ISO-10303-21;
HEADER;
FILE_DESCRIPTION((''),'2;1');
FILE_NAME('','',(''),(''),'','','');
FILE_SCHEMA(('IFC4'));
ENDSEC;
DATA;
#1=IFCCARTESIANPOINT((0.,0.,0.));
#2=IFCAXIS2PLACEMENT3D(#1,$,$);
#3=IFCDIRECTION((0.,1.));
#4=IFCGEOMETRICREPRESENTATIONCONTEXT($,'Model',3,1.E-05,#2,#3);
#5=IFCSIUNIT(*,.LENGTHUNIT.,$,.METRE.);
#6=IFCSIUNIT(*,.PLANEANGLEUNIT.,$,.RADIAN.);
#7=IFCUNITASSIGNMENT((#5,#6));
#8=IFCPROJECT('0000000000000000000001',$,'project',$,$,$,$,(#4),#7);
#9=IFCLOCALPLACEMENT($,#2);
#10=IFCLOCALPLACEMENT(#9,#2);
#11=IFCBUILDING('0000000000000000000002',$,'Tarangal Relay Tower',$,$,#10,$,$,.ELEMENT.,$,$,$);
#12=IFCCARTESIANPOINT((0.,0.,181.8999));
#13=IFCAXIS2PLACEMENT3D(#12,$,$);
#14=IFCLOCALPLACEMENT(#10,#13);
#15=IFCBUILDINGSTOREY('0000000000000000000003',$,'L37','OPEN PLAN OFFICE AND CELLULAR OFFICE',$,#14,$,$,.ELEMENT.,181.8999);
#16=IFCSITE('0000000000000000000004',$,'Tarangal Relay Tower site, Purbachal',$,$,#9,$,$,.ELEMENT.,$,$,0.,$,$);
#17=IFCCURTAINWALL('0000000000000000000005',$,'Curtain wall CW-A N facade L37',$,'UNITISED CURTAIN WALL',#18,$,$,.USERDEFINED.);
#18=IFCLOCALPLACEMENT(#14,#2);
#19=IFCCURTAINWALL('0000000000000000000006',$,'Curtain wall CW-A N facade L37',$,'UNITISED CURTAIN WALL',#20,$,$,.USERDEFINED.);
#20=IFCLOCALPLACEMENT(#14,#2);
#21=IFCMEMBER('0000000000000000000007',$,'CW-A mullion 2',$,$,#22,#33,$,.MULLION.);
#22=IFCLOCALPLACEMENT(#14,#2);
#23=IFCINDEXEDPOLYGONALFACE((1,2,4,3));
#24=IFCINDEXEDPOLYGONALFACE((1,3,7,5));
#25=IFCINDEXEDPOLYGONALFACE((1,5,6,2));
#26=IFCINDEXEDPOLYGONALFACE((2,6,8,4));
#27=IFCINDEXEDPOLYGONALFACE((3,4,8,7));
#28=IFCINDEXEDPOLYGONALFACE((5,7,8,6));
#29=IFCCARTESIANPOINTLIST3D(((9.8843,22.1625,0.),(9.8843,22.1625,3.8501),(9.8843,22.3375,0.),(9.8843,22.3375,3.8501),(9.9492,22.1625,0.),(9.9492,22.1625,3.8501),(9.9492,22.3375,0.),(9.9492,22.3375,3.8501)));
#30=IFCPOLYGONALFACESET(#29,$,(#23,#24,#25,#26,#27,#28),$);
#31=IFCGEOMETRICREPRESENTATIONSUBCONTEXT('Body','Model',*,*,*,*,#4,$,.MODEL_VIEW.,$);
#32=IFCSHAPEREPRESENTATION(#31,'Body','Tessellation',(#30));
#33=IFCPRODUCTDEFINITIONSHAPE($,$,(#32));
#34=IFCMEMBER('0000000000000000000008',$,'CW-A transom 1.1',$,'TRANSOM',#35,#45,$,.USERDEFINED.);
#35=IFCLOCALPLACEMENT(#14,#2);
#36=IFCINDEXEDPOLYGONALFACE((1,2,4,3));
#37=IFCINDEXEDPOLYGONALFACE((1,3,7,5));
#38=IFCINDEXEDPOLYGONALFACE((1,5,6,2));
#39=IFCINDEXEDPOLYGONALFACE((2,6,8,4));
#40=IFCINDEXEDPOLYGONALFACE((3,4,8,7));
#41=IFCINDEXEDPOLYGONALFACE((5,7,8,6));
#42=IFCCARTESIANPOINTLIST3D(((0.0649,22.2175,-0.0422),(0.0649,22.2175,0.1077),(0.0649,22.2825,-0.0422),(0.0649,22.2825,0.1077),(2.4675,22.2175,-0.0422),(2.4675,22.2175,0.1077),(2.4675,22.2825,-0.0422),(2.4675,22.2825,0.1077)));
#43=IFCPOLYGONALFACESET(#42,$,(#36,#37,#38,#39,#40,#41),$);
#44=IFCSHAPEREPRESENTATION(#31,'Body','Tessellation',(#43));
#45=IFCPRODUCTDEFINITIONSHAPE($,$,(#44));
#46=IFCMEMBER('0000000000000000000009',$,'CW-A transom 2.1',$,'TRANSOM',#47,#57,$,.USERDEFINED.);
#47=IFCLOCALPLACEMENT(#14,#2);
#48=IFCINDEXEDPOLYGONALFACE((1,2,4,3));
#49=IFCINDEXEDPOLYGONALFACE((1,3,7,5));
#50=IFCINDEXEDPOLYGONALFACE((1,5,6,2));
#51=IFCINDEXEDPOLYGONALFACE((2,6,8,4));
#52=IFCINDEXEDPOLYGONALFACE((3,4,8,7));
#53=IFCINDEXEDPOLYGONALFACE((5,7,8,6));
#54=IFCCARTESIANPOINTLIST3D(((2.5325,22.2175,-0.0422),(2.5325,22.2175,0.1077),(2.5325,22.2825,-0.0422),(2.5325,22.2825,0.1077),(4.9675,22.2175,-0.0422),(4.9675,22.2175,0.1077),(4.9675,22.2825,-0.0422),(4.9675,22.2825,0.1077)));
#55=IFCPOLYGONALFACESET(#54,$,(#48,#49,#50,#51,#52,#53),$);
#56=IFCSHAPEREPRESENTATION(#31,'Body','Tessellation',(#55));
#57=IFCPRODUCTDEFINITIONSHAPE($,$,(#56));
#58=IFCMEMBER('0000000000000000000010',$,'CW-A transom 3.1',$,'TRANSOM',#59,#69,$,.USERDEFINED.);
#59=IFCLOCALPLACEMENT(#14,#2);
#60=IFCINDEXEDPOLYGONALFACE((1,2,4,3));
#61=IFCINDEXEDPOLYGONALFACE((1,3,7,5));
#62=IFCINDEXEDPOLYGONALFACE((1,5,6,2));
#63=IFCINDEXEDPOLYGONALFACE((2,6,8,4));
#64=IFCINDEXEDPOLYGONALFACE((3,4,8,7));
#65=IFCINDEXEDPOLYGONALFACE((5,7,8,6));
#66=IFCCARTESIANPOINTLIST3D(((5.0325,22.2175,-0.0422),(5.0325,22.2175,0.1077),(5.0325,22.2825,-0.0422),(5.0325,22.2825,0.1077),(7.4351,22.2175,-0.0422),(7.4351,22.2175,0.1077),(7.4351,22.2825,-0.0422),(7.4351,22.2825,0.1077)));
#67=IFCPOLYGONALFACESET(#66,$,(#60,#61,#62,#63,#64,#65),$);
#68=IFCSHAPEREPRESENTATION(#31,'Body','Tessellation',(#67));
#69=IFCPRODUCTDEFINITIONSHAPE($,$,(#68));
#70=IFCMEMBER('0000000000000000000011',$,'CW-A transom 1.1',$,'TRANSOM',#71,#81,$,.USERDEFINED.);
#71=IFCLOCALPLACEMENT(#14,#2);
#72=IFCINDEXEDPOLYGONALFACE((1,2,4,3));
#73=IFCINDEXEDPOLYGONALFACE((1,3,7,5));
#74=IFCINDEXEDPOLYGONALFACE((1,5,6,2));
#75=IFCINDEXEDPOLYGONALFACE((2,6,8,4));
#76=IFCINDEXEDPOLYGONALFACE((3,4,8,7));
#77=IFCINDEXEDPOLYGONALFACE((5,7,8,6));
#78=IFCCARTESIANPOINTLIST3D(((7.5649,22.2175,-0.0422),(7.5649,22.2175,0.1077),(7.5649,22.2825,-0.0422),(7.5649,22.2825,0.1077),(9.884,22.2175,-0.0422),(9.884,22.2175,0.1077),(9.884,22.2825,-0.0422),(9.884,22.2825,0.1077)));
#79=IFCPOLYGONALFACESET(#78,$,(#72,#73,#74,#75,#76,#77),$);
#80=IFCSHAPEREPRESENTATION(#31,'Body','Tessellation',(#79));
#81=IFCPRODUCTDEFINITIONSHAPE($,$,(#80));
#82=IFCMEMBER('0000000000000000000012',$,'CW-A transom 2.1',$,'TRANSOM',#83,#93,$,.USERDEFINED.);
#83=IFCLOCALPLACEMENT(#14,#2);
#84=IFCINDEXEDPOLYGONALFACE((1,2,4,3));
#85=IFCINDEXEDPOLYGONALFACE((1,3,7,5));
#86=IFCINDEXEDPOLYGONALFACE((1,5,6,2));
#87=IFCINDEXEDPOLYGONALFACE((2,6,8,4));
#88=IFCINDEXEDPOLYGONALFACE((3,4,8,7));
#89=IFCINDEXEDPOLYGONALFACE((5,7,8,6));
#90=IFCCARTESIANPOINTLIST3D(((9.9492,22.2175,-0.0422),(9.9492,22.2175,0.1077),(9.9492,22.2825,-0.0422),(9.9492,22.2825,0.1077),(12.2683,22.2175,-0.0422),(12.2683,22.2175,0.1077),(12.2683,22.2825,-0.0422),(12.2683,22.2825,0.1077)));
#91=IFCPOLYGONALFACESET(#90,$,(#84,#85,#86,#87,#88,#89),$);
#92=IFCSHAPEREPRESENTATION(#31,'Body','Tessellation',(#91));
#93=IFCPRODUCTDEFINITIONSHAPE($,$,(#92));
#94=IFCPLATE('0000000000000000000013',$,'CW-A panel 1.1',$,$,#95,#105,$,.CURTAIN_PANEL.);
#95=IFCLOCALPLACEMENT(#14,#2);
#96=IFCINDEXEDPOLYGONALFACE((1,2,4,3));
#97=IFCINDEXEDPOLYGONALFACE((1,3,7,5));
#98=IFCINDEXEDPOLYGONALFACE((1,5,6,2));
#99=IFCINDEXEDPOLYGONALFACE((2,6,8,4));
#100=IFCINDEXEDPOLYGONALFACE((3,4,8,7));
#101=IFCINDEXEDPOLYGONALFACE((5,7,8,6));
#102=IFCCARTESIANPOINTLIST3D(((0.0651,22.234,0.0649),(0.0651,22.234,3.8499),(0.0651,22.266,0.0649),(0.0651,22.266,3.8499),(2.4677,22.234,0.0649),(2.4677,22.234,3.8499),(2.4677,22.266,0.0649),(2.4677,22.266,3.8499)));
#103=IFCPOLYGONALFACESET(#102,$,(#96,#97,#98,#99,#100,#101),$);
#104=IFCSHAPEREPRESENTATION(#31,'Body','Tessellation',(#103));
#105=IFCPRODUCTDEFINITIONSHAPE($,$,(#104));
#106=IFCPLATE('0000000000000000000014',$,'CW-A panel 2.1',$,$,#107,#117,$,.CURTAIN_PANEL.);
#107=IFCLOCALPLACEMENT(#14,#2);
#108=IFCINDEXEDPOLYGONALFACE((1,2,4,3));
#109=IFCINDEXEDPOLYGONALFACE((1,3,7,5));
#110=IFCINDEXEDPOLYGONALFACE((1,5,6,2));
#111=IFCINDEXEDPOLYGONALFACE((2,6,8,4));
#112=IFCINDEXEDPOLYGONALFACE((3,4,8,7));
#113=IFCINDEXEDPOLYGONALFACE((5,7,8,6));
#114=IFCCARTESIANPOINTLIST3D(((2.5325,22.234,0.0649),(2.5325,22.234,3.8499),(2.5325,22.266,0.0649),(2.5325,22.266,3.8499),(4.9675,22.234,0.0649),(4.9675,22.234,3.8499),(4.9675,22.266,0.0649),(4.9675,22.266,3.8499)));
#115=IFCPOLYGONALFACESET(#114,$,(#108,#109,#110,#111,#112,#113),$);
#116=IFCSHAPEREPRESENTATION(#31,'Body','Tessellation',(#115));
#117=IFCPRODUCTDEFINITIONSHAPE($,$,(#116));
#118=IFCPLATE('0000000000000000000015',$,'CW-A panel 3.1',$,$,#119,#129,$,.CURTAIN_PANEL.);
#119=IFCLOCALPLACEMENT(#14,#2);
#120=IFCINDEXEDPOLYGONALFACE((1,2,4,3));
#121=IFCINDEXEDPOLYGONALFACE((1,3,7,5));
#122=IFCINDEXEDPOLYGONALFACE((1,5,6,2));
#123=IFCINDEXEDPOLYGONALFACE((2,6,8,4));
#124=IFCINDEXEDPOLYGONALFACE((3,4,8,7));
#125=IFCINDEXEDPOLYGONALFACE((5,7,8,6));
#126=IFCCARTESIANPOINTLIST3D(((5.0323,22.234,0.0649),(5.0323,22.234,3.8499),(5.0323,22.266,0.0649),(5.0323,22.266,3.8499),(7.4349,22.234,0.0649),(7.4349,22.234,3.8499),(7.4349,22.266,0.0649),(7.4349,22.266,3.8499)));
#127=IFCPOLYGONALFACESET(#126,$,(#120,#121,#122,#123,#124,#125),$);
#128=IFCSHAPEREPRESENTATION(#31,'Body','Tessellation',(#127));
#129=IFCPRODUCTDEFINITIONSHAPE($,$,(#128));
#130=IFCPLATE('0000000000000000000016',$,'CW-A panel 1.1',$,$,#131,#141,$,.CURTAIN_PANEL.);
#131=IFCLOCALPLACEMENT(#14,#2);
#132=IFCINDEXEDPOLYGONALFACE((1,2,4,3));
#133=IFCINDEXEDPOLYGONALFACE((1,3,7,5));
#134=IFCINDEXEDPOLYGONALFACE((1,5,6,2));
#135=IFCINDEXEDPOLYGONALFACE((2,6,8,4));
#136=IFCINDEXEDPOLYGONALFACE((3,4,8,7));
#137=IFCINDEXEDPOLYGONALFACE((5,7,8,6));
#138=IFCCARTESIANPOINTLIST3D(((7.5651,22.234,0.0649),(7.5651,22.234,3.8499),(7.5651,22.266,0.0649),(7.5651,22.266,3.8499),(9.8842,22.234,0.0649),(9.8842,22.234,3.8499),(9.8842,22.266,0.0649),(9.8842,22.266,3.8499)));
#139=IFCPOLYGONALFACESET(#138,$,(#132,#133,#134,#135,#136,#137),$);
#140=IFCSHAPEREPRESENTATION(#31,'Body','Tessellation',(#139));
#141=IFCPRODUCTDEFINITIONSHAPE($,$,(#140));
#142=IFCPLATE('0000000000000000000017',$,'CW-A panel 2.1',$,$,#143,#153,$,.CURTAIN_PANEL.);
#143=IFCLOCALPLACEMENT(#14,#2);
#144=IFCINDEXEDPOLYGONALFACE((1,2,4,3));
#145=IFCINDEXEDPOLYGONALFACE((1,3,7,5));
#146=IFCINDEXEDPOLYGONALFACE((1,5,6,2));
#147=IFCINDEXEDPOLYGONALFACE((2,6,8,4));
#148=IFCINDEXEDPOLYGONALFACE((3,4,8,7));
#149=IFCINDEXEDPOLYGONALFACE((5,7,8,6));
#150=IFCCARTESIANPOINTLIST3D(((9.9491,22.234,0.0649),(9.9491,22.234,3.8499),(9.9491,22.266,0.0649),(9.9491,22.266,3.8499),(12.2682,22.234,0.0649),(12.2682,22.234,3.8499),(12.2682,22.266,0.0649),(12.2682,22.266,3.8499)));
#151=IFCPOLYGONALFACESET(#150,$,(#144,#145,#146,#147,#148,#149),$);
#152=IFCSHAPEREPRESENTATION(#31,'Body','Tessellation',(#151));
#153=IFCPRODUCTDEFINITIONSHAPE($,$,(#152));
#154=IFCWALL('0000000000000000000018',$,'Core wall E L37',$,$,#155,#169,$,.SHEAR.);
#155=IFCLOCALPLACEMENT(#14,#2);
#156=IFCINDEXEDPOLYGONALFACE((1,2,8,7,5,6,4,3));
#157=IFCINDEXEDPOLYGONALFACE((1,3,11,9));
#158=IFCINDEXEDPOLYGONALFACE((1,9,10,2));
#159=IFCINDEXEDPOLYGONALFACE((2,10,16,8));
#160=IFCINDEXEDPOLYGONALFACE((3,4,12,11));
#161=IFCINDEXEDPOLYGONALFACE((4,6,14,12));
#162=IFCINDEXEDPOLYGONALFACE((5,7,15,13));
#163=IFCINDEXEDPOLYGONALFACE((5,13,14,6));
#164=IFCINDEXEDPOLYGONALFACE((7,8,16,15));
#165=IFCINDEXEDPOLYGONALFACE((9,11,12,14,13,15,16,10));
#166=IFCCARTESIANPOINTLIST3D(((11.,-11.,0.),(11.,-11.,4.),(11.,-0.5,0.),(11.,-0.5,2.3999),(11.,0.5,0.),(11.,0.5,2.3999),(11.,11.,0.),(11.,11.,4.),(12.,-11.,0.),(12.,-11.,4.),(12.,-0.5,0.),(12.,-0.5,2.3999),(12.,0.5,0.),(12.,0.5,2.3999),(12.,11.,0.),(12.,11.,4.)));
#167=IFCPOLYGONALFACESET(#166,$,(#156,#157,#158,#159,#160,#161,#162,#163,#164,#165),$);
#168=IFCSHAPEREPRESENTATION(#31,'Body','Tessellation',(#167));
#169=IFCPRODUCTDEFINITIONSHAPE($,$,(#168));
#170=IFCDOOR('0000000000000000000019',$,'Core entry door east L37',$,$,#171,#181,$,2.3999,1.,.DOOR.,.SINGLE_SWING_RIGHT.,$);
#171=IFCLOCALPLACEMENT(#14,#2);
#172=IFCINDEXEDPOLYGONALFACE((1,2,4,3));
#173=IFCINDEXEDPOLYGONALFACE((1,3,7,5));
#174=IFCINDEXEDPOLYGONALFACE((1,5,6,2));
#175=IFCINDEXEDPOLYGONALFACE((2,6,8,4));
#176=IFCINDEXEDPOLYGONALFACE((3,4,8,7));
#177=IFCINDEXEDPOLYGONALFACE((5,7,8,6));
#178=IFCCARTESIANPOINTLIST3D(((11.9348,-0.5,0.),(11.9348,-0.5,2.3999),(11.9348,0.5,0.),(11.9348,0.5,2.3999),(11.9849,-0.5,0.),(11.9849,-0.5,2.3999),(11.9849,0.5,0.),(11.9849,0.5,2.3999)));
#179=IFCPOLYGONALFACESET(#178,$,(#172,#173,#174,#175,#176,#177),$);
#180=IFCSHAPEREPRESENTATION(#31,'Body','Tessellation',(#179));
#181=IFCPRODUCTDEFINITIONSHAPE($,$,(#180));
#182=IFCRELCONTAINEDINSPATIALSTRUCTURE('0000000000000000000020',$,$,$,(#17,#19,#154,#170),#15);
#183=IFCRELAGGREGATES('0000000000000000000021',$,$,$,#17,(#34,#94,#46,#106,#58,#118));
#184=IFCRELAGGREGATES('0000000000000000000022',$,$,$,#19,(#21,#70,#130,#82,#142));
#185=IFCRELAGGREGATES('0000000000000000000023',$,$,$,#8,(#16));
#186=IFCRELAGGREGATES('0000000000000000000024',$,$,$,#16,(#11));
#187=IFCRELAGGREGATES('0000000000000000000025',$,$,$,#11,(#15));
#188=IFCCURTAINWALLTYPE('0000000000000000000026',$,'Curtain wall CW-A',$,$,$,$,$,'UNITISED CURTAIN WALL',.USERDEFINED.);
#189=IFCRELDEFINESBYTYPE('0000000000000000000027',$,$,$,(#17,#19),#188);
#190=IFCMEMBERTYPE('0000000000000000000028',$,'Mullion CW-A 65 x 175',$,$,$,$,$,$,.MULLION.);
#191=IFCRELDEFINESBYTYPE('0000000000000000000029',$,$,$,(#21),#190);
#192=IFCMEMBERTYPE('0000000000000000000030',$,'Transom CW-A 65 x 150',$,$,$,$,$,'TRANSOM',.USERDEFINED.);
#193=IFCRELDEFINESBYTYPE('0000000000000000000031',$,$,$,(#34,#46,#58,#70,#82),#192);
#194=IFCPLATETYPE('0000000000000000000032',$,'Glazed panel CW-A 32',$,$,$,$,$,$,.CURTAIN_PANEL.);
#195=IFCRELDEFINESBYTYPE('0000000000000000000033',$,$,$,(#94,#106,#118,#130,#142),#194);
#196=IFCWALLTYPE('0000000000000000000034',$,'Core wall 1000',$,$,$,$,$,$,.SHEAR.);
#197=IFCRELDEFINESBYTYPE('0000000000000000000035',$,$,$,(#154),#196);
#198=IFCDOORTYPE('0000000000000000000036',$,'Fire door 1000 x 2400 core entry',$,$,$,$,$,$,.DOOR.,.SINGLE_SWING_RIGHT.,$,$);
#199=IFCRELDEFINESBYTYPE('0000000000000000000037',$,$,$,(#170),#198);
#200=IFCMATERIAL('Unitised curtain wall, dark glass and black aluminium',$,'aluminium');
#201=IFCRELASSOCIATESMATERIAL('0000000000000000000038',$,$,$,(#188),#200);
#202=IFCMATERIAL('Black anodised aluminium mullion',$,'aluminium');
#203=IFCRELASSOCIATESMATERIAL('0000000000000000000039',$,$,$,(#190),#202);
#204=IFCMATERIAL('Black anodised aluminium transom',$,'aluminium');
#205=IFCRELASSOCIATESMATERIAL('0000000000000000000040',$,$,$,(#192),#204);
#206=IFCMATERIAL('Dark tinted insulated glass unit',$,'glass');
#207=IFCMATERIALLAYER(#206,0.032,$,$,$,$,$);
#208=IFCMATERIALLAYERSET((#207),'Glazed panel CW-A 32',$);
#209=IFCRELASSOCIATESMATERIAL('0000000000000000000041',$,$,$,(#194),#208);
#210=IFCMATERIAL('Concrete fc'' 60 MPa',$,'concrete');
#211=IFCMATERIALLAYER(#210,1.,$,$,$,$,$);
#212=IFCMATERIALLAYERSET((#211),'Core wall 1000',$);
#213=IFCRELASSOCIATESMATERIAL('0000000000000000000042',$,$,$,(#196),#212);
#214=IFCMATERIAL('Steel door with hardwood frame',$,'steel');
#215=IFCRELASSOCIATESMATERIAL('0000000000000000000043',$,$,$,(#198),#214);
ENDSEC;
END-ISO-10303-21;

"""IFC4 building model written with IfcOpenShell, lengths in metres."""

from ifc_helpers import new_model, si_unit, direction, frame, frame_2d, origin, origin_2d, place, context, subcontext, project, spatial, rectangle, extrude, material, layer, layer_set, material_profile, profile_set, type_object, element, fill, aggregate, save


model = new_model("IFC4")

# Units and contexts
model_context = context("Model", 3, precision=1e-05, world=origin(), true_north=direction((0.0, 1.0)))
body_context = subcontext(model_context, "Body", "Model", "MODEL_VIEW")
ifc_project = project(units=[si_unit("LENGTHUNIT", "METRE"), si_unit("PLANEANGLEUNIT", "RADIAN")], contexts=[model_context])

# Site, building, storey
site_placement = place(None, origin())
site = spatial("IfcSite", under=ifc_project, at=site_placement, Name="Tarangal Relay Tower site, Purbachal", CompositionType="ELEMENT", RefElevation=0.0)
building_placement = place(site_placement, origin())
building = spatial("IfcBuilding", under=site, at=building_placement, Name="Tarangal Relay Tower", CompositionType="ELEMENT")
storey_placement = place(building_placement, frame((0.0, 0.0, 181.8999)))
storey = spatial("IfcBuildingStorey", under=building, at=storey_placement, Name="L37", Description="OPEN PLAN OFFICE AND CELLULAR OFFICE", CompositionType="ELEMENT", Elevation=181.8999)

# Curtain walls, member
ifc_material_1 = material(Name="Unitised curtain wall, dark glass and black aluminium", Category="aluminium")
curtain_wall_type = type_object("IfcCurtainWallType", Name="Curtain wall CW-A", ElementType="UNITISED CURTAIN WALL", PredefinedType="USERDEFINED", material=ifc_material_1)
curtain_wall_1_placement = place(storey_placement, origin())
curtain_wall_1 = element("IfcCurtainWall", 1, at=curtain_wall_1_placement, inside=storey, type_object=curtain_wall_type, Name="Curtain wall CW-A N facade L37", ObjectType="UNITISED CURTAIN WALL", PredefinedType="USERDEFINED")
ifc_material_2 = material(Name="Black anodised aluminium mullion", Category="aluminium")
ifc_material_profile_1 = material_profile(ifc_material_2, rectangle(XDim=0.175, YDim=0.0649, at=origin_2d()), Name="CW-AM 65X175")
ifc_profile_set_1 = profile_set([ifc_material_profile_1], Name="Black anodised aluminium mullion")
member_type_1 = type_object("IfcMemberType", Name="Mullion CW-A 65 x 175", PredefinedType="MULLION", material=ifc_profile_set_1)
curtain_wall_2_placement = place(storey_placement, origin())
curtain_wall_2 = element("IfcCurtainWall", 2, at=curtain_wall_2_placement, inside=storey, type_object=curtain_wall_type, Name="Curtain wall CW-A N facade L37", ObjectType="UNITISED CURTAIN WALL", PredefinedType="USERDEFINED")
member_1_placement = place(storey_placement, frame((9.9167, 22.25, 0.0), z_axis=(0.0, 0.0, 1.0), x_axis=(0.0, 1.0, 0.0)))
member_1 = element("IfcMember", 3, at=member_1_placement, type_object=member_type_1, Name="CW-A mullion 2", PredefinedType="MULLION", context=body_context, shape_type="SweptSolid", body=[
    extrude(rectangle(XDim=0.175, YDim=0.0649, at=origin_2d()), origin(), (0.0, 0.0, 1.0), 3.8501),
])

# Members
ifc_material_3 = material(Name="Black anodised aluminium transom", Category="aluminium")
ifc_material_profile_2 = material_profile(ifc_material_3, rectangle(XDim=0.0649, YDim=0.1499, at=origin_2d()), Name="CW-AT 65X150")
ifc_profile_set_2 = profile_set([ifc_material_profile_2], Name="Black anodised aluminium transom")
member_type_2 = type_object("IfcMemberType", Name="Transom CW-A 65 x 150", ElementType="TRANSOM", PredefinedType="USERDEFINED", material=ifc_profile_set_2)
member_2_placement = place(storey_placement, frame((0.0649, 22.25, 0.0327), z_axis=(1.0, 0.0, 0.0), x_axis=(0.0, 1.0, 0.0)))
member_2 = element("IfcMember", 4, at=member_2_placement, type_object=member_type_2, Name="CW-A transom 1.1", ObjectType="TRANSOM", PredefinedType="USERDEFINED", context=body_context, shape_type="SweptSolid", body=[
    extrude(rectangle(XDim=0.0649, YDim=0.1499, at=origin_2d()), origin(), (0.0, 0.0, 1.0), 2.4026),
])
member_3_placement = place(storey_placement, frame((2.5325, 22.25, 0.0327), z_axis=(1.0, 0.0, 0.0), x_axis=(0.0, 1.0, 0.0)))
member_3 = element("IfcMember", 5, at=member_3_placement, type_object=member_type_2, Name="CW-A transom 2.1", ObjectType="TRANSOM", PredefinedType="USERDEFINED", context=body_context, shape_type="SweptSolid", body=[
    extrude(rectangle(XDim=0.0649, YDim=0.1499, at=origin_2d()), origin(), (0.0, 0.0, 1.0), 2.4351),
])
member_4_placement = place(storey_placement, frame((5.0325, 22.25, 0.0327), z_axis=(1.0, 0.0, 0.0), x_axis=(0.0, 1.0, 0.0)))
member_4 = element("IfcMember", 6, at=member_4_placement, type_object=member_type_2, Name="CW-A transom 3.1", ObjectType="TRANSOM", PredefinedType="USERDEFINED", context=body_context, shape_type="SweptSolid", body=[
    extrude(rectangle(XDim=0.0649, YDim=0.1499, at=origin_2d()), origin(), (0.0, 0.0, 1.0), 2.4026),
])
member_5_placement = place(storey_placement, frame((7.5649, 22.25, 0.0327), z_axis=(1.0, 0.0, 0.0), x_axis=(0.0, 1.0, 0.0)))
member_5 = element("IfcMember", 7, at=member_5_placement, type_object=member_type_2, Name="CW-A transom 1.1", ObjectType="TRANSOM", PredefinedType="USERDEFINED", context=body_context, shape_type="SweptSolid", body=[
    extrude(rectangle(XDim=0.0649, YDim=0.1499, at=origin_2d()), origin(), (0.0, 0.0, 1.0), 2.3191),
])
member_6_placement = place(storey_placement, frame((9.9492, 22.25, 0.0327), z_axis=(1.0, 0.0, 0.0), x_axis=(0.0, 1.0, 0.0)))
member_6 = element("IfcMember", 8, at=member_6_placement, type_object=member_type_2, Name="CW-A transom 2.1", ObjectType="TRANSOM", PredefinedType="USERDEFINED", context=body_context, shape_type="SweptSolid", body=[
    extrude(rectangle(XDim=0.0649, YDim=0.1499, at=origin_2d()), origin(), (0.0, 0.0, 1.0), 2.3191),
])

# Plates
ifc_material_4 = material(Name="Dark tinted insulated glass unit", Category="glass")
ifc_layer_1 = layer(ifc_material_4, 0.032)
ifc_layer_set_1 = layer_set([ifc_layer_1], Name="Glazed panel CW-A 32")
plate_type = type_object("IfcPlateType", Name="Glazed panel CW-A 32", PredefinedType="CURTAIN_PANEL", material=ifc_layer_set_1)
plate_1_placement = place(storey_placement, frame((1.2664, 22.25, 0.0649), z_axis=(0.0, 0.0, 1.0), x_axis=(1.0, 0.0, 0.0)))
plate_1 = element("IfcPlate", 9, at=plate_1_placement, type_object=plate_type, Name="CW-A panel 1.1", PredefinedType="CURTAIN_PANEL", context=body_context, shape_type="SweptSolid", body=[
    extrude(rectangle(XDim=2.4026, YDim=0.032, at=origin_2d()), origin(), (0.0, 0.0, 1.0), 3.7849),
])
plate_2_placement = place(storey_placement, frame((3.75, 22.25, 0.0649), z_axis=(0.0, 0.0, 1.0), x_axis=(1.0, 0.0, 0.0)))
plate_2 = element("IfcPlate", 10, at=plate_2_placement, type_object=plate_type, Name="CW-A panel 2.1", PredefinedType="CURTAIN_PANEL", context=body_context, shape_type="SweptSolid", body=[
    extrude(rectangle(XDim=2.4351, YDim=0.032, at=origin_2d()), origin(), (0.0, 0.0, 1.0), 3.7849),
])
plate_3_placement = place(storey_placement, frame((6.2336, 22.25, 0.0649), z_axis=(0.0, 0.0, 1.0), x_axis=(1.0, 0.0, 0.0)))
plate_3 = element("IfcPlate", 11, at=plate_3_placement, type_object=plate_type, Name="CW-A panel 3.1", PredefinedType="CURTAIN_PANEL", context=body_context, shape_type="SweptSolid", body=[
    extrude(rectangle(XDim=2.4026, YDim=0.032, at=origin_2d()), origin(), (0.0, 0.0, 1.0), 3.7849),
])
aggregate(curtain_wall_1, [member_2, plate_1, member_3, plate_2, member_4, plate_3])
plate_4_placement = place(storey_placement, frame((8.7246, 22.25, 0.0649), z_axis=(0.0, 0.0, 1.0), x_axis=(1.0, 0.0, 0.0)))
plate_4 = element("IfcPlate", 12, at=plate_4_placement, type_object=plate_type, Name="CW-A panel 1.1", PredefinedType="CURTAIN_PANEL", context=body_context, shape_type="SweptSolid", body=[
    extrude(rectangle(XDim=2.3191, YDim=0.032, at=origin_2d()), origin(), (0.0, 0.0, 1.0), 3.7849),
])
plate_5_placement = place(storey_placement, frame((11.1086, 22.25, 0.0649), z_axis=(0.0, 0.0, 1.0), x_axis=(1.0, 0.0, 0.0)))
plate_5 = element("IfcPlate", 13, at=plate_5_placement, type_object=plate_type, Name="CW-A panel 2.1", PredefinedType="CURTAIN_PANEL", context=body_context, shape_type="SweptSolid", body=[
    extrude(rectangle(XDim=2.3191, YDim=0.032, at=origin_2d()), origin(), (0.0, 0.0, 1.0), 3.7849),
])
aggregate(curtain_wall_2, [member_1, member_5, plate_4, member_6, plate_5])

# Wall, opening, door
ifc_material_5 = material(Name="Concrete fc' 60 MPa", Category="concrete")
ifc_layer_2 = layer(ifc_material_5, 1.0)
ifc_layer_set_2 = layer_set([ifc_layer_2], Name="Core wall 1000")
wall_type_1 = type_object("IfcWallType", Name="Core wall 1000", PredefinedType="SHEAR", material=ifc_layer_set_2)
wall_1_placement = place(storey_placement, frame((11.5, 11.0, 0.0), z_axis=(0.0, 0.0, 1.0), x_axis=(0.0, -1.0, 0.0)))
wall_1 = element("IfcWall", 14, at=wall_1_placement, inside=storey, type_object=wall_type_1, Name="Core wall E L37", PredefinedType="SHEAR", context=body_context, shape_type="SweptSolid", body=[
    extrude(rectangle(XDim=22.0, YDim=1.0, at=frame_2d((11.0, 0.0))), origin(), (0.0, 0.0, 1.0), 4.0),
])
opening_1_placement = place(wall_1_placement, frame((10.5, 0.0, 0.0)))
opening_1 = element("IfcOpeningElement", 15, at=opening_1_placement, cuts=wall_1, PredefinedType="OPENING", context=body_context, shape_type="SweptSolid", body=[
    extrude(rectangle(XDim=1.0, YDim=2.3999, at=frame_2d((0.5, 1.2))), frame((0.0, 0.51, 0.0), z_axis=(0.0, -1.0, 0.0), x_axis=(1.0, 0.0, 0.0)), (0.0, 0.0, 1.0), 1.02),
])
ifc_material_6 = material(Name="Steel door with hardwood frame", Category="steel")
door_type_1 = type_object("IfcDoorType", Name="Fire door 1000 x 2400 core entry", OperationType="SINGLE_SWING_RIGHT", PredefinedType="DOOR", material=ifc_material_6)
door_1_placement = place(opening_1_placement, origin())
door_1 = element("IfcDoor", 16, at=door_1_placement, inside=storey, type_object=door_type_1, Name="Core entry door east L37", OperationType="SINGLE_SWING_RIGHT", OverallHeight=2.3999, OverallWidth=1.0, PredefinedType="DOOR", context=body_context, shape_type="SweptSolid", body=[
    extrude(rectangle(XDim=1.0, YDim=2.3999, at=frame_2d((0.5, 1.2))), frame((0.0, 0.4849, 0.0), z_axis=(0.0, -1.0, 0.0), x_axis=(1.0, 0.0, 0.0)), (0.0, 0.0, 1.0), 0.05),
])
fill(opening_1, door_1)

save(model, "model.ifc")
